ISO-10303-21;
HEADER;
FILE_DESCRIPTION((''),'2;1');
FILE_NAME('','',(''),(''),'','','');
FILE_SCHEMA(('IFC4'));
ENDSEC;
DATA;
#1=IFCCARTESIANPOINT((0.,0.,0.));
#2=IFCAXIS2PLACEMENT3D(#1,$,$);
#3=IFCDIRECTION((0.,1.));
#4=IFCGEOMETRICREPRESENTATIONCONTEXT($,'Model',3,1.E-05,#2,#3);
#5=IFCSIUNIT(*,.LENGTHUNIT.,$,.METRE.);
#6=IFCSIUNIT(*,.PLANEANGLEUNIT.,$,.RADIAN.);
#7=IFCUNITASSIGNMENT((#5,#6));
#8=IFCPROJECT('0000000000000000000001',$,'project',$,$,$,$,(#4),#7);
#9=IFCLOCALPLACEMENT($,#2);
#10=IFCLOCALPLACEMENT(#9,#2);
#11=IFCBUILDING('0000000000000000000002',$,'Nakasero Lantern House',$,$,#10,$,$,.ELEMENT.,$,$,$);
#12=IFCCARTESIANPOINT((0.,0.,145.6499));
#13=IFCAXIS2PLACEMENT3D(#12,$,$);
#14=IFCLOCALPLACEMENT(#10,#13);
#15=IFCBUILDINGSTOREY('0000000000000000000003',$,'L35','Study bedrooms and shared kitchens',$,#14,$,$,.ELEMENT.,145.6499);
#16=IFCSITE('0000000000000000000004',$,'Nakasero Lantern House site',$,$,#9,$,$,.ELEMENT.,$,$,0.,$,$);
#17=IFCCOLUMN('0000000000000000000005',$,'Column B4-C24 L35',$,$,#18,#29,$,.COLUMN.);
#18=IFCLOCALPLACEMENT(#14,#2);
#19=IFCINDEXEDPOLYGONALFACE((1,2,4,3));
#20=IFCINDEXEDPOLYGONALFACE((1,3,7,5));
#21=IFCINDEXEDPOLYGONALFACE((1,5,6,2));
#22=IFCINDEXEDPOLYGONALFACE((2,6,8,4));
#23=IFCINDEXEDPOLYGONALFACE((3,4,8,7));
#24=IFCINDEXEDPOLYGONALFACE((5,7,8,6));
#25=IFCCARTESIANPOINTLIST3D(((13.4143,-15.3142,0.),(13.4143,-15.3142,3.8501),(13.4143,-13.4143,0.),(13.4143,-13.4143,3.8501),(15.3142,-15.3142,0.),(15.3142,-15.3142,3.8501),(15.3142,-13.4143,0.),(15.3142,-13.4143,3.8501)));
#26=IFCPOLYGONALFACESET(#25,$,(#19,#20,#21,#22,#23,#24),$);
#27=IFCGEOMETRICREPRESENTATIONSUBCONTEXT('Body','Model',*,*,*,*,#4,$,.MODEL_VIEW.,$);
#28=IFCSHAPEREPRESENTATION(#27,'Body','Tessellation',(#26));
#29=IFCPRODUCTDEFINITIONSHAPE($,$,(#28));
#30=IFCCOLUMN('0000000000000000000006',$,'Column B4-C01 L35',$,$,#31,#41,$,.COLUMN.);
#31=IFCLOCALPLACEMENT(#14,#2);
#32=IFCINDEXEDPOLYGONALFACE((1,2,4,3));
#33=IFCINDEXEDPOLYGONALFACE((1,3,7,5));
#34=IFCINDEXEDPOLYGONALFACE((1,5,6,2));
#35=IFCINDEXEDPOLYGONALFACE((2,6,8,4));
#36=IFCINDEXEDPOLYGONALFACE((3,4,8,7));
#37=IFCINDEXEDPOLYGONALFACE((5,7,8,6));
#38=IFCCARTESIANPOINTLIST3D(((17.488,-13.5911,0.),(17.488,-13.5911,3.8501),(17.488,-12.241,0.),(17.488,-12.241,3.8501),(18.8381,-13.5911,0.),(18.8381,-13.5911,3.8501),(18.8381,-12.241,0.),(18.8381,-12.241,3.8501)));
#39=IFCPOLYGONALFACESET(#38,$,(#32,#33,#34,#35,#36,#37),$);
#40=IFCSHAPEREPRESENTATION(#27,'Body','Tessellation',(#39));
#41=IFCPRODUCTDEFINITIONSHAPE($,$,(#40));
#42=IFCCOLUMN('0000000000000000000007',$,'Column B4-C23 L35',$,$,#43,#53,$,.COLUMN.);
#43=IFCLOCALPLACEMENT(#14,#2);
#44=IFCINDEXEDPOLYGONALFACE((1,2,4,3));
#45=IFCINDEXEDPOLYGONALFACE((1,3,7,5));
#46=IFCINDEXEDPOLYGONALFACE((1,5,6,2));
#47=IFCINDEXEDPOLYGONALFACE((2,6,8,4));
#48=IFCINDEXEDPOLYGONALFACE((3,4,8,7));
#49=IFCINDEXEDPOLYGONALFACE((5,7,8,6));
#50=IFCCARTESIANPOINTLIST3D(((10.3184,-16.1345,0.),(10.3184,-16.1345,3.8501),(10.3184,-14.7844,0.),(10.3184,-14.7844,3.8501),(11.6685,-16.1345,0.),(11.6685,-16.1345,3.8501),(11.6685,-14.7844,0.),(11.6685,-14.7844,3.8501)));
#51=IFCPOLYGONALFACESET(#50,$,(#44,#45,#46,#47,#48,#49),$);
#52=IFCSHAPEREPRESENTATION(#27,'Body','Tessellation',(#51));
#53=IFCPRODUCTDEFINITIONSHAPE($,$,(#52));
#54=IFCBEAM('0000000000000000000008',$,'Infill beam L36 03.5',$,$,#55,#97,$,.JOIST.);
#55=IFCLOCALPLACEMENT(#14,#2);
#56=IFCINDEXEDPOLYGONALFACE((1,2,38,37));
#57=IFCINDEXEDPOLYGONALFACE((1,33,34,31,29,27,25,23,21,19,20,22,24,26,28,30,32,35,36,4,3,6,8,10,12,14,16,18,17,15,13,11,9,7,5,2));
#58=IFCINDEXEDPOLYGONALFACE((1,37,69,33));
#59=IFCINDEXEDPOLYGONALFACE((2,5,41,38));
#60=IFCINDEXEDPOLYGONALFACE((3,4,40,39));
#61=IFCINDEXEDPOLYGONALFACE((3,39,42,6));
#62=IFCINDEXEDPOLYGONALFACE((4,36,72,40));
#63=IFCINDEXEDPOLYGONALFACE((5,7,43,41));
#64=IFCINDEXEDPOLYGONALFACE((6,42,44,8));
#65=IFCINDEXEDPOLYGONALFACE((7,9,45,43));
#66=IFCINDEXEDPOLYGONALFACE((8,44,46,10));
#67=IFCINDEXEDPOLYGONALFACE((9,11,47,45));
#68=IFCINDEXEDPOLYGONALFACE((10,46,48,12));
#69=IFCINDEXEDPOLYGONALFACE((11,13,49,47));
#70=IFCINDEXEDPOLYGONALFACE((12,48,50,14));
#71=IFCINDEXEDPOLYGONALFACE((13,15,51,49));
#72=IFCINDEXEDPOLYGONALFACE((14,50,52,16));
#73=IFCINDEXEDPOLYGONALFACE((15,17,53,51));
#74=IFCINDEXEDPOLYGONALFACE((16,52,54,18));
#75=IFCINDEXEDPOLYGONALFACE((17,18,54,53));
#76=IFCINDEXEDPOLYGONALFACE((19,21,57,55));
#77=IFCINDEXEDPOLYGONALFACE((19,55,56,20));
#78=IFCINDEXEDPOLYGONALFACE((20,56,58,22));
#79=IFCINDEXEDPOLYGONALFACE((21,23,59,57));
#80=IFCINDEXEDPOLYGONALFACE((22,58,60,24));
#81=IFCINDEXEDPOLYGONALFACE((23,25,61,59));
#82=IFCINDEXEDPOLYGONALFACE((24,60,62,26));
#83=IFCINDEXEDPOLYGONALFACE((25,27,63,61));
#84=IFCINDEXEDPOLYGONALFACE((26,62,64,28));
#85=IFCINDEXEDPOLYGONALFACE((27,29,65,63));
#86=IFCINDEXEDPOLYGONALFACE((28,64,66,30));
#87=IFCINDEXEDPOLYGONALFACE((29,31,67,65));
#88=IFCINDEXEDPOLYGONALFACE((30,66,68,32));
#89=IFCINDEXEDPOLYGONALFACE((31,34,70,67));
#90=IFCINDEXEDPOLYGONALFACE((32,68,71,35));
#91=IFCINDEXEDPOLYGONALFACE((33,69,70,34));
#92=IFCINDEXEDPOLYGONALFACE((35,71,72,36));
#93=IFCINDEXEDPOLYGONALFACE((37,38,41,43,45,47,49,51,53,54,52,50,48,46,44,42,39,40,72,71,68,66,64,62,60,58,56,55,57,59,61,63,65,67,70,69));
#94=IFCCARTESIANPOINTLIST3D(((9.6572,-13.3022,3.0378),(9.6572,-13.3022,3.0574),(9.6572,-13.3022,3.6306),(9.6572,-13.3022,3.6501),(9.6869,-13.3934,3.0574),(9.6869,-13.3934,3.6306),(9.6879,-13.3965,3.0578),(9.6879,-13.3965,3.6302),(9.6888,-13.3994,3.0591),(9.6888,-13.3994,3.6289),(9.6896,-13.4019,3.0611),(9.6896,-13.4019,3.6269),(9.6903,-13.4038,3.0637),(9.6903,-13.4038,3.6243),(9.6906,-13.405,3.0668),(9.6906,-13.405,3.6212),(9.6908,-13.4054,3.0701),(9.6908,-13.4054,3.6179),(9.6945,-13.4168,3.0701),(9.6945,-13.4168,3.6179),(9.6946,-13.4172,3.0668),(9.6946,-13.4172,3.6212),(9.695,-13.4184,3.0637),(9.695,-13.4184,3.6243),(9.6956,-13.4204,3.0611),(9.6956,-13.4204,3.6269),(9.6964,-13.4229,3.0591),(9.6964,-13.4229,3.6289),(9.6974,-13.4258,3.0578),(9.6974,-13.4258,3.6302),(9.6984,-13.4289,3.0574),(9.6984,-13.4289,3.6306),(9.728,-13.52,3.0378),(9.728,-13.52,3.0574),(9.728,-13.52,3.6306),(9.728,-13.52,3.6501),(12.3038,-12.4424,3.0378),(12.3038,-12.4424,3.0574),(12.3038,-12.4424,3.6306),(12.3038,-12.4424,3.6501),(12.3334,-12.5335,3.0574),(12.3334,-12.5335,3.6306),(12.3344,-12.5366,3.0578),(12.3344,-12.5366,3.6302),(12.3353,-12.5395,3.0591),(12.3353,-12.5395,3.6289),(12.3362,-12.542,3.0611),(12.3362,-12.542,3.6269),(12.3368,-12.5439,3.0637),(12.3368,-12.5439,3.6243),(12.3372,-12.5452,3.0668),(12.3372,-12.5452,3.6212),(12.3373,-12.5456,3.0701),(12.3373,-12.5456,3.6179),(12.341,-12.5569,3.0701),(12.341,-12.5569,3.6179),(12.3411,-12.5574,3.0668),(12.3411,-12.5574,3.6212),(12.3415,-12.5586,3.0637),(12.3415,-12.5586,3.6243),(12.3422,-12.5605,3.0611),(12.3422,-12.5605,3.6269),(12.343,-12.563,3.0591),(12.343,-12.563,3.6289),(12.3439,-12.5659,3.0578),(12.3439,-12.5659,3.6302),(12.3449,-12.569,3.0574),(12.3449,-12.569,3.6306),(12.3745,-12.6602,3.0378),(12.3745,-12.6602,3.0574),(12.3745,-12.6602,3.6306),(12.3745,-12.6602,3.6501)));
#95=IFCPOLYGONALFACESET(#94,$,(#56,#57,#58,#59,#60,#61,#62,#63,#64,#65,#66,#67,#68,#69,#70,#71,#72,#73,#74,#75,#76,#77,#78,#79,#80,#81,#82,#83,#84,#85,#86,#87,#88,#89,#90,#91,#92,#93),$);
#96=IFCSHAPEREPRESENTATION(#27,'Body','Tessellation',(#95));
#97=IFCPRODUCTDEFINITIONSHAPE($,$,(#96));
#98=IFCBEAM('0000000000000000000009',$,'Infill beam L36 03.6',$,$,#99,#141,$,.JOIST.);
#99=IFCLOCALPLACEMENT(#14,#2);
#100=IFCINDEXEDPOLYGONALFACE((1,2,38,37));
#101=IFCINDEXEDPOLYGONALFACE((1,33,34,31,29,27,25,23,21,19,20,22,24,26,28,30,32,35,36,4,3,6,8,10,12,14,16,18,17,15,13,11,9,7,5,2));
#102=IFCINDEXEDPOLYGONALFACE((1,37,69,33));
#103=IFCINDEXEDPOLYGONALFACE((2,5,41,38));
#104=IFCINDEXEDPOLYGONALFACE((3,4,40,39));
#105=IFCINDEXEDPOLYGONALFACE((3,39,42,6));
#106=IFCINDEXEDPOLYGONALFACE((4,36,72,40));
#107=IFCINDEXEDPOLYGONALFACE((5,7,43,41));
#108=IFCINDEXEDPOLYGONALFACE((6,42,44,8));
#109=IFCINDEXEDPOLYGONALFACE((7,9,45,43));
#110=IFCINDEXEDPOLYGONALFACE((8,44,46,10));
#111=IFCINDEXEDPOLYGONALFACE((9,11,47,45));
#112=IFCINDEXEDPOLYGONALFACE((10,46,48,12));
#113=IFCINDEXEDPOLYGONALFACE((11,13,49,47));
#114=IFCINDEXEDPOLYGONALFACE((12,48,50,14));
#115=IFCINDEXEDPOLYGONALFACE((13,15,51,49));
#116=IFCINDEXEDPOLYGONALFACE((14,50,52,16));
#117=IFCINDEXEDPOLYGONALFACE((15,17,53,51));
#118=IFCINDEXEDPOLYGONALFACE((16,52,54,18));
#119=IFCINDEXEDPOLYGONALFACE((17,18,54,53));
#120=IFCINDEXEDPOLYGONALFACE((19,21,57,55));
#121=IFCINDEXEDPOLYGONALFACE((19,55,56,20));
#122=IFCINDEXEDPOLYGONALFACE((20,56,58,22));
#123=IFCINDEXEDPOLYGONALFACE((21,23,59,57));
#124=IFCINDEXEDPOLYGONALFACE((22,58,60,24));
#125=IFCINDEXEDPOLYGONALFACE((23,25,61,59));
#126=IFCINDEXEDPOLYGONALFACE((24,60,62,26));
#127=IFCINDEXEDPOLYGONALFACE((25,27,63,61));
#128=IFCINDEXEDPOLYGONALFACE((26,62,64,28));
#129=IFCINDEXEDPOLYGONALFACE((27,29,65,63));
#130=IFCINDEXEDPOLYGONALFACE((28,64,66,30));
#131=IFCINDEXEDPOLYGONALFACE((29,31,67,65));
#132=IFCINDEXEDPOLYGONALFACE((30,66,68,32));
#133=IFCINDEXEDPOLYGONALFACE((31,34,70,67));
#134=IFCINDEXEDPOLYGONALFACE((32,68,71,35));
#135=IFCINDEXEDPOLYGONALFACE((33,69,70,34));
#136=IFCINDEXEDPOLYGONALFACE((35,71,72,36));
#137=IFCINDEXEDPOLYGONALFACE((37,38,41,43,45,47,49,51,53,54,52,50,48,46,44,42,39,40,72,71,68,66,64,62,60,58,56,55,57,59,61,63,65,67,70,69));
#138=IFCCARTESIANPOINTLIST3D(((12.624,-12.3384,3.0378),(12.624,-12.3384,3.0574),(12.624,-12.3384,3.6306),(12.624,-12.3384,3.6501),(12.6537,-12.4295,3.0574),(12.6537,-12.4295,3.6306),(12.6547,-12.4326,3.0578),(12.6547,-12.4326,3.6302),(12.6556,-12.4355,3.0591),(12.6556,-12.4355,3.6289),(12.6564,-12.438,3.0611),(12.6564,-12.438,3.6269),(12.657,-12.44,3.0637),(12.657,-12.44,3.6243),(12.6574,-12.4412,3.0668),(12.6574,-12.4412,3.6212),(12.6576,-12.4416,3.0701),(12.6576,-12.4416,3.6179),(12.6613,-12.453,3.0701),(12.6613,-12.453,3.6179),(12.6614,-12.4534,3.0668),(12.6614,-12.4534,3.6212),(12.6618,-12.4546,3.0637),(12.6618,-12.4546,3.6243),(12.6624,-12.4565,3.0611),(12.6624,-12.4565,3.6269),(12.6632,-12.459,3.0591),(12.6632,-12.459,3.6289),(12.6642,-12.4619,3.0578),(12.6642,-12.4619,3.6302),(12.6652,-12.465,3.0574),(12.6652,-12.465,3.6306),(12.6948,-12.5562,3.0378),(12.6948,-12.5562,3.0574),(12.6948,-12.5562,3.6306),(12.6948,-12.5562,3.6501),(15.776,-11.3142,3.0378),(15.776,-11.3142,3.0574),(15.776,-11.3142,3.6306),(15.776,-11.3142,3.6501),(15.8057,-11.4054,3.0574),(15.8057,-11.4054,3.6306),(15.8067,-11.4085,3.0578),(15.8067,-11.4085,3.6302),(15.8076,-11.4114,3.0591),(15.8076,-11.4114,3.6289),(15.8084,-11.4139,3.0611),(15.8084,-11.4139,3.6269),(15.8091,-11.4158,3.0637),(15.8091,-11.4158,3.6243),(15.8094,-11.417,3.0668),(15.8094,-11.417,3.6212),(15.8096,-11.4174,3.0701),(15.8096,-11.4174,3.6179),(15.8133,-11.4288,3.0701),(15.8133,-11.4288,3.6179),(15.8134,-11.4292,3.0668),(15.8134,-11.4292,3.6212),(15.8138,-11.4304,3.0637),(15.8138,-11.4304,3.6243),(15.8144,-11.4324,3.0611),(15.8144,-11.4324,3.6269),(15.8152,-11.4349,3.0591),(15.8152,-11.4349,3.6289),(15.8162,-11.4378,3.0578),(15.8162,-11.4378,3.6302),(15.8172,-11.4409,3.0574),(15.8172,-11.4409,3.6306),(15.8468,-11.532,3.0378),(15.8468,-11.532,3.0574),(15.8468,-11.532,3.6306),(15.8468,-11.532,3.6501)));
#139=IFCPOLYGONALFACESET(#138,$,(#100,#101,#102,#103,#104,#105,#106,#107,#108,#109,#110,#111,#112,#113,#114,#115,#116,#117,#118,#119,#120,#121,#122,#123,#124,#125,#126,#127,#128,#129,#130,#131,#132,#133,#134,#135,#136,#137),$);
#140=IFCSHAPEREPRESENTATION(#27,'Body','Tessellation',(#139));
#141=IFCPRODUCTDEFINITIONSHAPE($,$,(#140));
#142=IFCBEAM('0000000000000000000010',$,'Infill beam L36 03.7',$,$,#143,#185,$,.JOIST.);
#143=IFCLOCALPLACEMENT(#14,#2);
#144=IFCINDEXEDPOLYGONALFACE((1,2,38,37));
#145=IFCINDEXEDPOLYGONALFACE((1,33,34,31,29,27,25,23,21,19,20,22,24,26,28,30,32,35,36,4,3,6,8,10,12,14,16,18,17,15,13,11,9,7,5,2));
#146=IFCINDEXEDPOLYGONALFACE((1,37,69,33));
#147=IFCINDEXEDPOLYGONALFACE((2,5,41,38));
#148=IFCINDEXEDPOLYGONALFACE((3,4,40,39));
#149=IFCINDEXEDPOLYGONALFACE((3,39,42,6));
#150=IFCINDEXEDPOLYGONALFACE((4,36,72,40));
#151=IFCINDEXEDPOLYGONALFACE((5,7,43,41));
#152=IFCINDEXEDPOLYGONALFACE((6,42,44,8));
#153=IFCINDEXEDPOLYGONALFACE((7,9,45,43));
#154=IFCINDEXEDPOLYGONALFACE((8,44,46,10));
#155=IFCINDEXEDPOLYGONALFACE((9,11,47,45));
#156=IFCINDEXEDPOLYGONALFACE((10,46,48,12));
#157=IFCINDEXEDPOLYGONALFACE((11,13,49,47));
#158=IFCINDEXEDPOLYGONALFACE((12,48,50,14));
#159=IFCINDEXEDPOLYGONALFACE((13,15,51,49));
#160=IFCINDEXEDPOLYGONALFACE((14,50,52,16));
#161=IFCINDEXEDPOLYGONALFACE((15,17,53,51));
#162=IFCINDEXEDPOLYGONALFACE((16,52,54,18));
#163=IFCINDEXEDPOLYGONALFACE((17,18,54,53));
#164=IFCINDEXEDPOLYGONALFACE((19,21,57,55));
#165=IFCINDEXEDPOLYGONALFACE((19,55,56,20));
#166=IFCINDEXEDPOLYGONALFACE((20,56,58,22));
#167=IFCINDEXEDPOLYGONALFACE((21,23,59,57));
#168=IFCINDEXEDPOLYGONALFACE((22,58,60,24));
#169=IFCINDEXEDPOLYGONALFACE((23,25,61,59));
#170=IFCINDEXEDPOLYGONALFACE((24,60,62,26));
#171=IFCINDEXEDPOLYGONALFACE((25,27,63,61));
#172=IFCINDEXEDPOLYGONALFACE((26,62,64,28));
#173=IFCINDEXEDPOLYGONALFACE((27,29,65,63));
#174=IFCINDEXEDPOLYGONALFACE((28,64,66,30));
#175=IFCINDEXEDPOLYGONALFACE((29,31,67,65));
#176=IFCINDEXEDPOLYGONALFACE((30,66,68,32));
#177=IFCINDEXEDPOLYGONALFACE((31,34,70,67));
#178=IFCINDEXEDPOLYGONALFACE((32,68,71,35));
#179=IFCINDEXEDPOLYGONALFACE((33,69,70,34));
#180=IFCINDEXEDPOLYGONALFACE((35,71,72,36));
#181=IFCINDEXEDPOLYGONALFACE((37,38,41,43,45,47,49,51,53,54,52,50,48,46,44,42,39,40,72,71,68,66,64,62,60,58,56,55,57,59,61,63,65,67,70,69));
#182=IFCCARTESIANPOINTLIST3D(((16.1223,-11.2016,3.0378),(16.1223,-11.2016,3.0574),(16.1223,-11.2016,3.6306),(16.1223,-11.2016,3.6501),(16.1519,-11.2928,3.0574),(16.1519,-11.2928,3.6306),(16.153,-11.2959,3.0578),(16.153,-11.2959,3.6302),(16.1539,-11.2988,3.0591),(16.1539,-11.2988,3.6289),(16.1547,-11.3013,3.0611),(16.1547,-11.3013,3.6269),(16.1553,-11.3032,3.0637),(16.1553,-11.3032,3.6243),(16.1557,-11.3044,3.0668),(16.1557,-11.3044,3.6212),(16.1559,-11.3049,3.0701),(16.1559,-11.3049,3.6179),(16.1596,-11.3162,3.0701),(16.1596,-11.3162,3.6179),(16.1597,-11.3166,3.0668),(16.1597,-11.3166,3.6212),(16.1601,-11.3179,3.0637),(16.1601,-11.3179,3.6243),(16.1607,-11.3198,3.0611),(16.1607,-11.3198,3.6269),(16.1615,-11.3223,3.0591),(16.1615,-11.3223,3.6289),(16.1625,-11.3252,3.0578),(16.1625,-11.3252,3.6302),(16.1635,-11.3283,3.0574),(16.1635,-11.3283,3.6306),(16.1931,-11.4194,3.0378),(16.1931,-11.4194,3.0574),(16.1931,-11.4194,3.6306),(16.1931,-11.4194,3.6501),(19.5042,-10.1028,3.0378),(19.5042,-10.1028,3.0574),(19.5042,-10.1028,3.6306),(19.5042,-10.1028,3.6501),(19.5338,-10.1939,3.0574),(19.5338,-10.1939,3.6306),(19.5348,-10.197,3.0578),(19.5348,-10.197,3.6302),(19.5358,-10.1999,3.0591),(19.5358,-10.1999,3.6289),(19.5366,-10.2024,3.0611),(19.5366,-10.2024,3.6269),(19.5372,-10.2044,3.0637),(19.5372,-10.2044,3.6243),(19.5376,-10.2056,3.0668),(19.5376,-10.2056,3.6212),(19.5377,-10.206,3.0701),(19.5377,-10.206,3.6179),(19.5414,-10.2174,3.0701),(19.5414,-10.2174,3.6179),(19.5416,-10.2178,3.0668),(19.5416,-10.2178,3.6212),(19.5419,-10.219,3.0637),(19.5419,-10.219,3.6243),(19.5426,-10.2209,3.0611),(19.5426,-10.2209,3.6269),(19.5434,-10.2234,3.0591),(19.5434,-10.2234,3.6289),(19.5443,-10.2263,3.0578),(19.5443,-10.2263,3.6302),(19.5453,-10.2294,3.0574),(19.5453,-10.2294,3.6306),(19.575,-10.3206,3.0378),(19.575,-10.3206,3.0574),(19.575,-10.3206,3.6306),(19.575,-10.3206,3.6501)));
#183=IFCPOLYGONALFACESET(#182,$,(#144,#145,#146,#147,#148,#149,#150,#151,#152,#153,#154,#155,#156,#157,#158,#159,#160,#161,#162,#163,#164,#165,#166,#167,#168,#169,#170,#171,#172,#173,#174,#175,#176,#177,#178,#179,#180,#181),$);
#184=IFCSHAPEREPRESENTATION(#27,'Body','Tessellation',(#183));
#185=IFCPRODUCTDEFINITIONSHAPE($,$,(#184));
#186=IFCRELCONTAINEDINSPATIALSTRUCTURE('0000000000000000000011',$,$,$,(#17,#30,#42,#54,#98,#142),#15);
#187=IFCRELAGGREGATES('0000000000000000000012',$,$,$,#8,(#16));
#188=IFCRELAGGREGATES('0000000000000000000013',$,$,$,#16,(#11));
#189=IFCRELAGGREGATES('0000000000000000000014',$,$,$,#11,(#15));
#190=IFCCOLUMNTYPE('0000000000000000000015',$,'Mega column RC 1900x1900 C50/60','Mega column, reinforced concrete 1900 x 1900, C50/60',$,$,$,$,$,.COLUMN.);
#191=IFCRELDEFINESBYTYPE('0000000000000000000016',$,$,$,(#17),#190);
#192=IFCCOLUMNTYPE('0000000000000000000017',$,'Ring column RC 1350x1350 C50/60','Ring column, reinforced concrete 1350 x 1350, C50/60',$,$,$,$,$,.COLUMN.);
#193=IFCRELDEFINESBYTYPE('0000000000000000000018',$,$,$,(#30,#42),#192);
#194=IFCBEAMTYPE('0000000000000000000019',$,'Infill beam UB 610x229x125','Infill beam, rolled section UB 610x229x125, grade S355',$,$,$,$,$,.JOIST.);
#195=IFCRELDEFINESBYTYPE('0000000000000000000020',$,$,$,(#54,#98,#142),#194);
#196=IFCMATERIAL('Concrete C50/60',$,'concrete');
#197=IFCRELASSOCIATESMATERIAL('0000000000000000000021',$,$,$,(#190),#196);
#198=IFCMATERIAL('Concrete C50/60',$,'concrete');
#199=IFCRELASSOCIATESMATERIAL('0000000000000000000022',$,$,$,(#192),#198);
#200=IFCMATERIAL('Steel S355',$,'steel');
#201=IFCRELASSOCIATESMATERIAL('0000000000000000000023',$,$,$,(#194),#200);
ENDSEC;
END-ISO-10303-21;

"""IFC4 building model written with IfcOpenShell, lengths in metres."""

from ifc_helpers import new_model, si_unit, direction, frame, origin, origin_2d, place, context, subcontext, project, spatial, rectangle, i_section, extrude, material, material_profile, profile_set, type_object, element, save


model = new_model("IFC4")

# Units and contexts
model_context = context("Model", 3, precision=1e-05, world=origin(), true_north=direction((0.0, 1.0)))
body_context = subcontext(model_context, "Body", "Model", "MODEL_VIEW")
ifc_project = project(units=[si_unit("LENGTHUNIT", "METRE"), si_unit("PLANEANGLEUNIT", "RADIAN")], contexts=[model_context])

# Site, building, storey
site_placement = place(None, origin())
site = spatial("IfcSite", under=ifc_project, at=site_placement, Name="Nakasero Lantern House site", CompositionType="ELEMENT", RefElevation=0.0)
building_placement = place(site_placement, origin())
building = spatial("IfcBuilding", under=site, at=building_placement, Name="Nakasero Lantern House", CompositionType="ELEMENT")
storey_placement = place(building_placement, frame((0.0, 0.0, 145.6499)))
storey = spatial("IfcBuildingStorey", under=building, at=storey_placement, Name="L35", Description="Study bedrooms and shared kitchens", CompositionType="ELEMENT", Elevation=145.6499)

# Columns
ifc_material_1 = material(Name="Concrete C50/60", Category="concrete")
ifc_material_profile_1 = material_profile(ifc_material_1, rectangle(XDim=1.8999, YDim=1.8999, at=origin_2d()), Name="RC 1900x1900")
ifc_profile_set_1 = profile_set([ifc_material_profile_1], Name="Concrete C50/60")
column_type_1 = type_object("IfcColumnType", Name="Mega column RC 1900x1900 C50/60", Description="Mega column, reinforced concrete 1900 x 1900, C50/60", PredefinedType="COLUMN", material=ifc_profile_set_1)
column_placement = place(storey_placement, frame((14.3643, -14.3643, 0.0), z_axis=(0.0, 0.0, 1.0), x_axis=(1.0, 0.0, 0.0)))
element("IfcColumn", 1, at=column_placement, inside=storey, type_object=column_type_1, Name="Column B4-C24 L35", PredefinedType="COLUMN", context=body_context, shape_type="SweptSolid", body=[
    extrude(rectangle(XDim=1.8999, YDim=1.8999, at=origin_2d()), origin(), (0.0, 0.0, 1.0), 3.8501),
])
ifc_material_2 = material(Name="Concrete C50/60", Category="concrete")
ifc_material_profile_2 = material_profile(ifc_material_2, rectangle(XDim=1.3501, YDim=1.3501, at=origin_2d()), Name="RC 1350x1350")
ifc_profile_set_2 = profile_set([ifc_material_profile_2], Name="Concrete C50/60")
column_type_2 = type_object("IfcColumnType", Name="Ring column RC 1350x1350 C50/60", Description="Ring column, reinforced concrete 1350 x 1350, C50/60", PredefinedType="COLUMN", material=ifc_profile_set_2)
for number, where, z_axis, x_axis, name in (
    (2, (18.1631, -12.916, 0.0), (0.0, 0.0, 1.0), (1.0, 0.0, 0.0), "Column B4-C01 L35"),
    (3, (10.9934, -15.4595, 0.0), (0.0, 0.0, 1.0), (1.0, 0.0, 0.0), "Column B4-C23 L35"),
):
    element("IfcColumn", number, at=place(storey_placement, frame(where, z_axis=z_axis, x_axis=x_axis)), inside=storey, type_object=column_type_2, Name=name, PredefinedType="COLUMN", context=body_context, shape_type="SweptSolid", body=[
        extrude(rectangle(XDim=1.3501, YDim=1.3501, at=origin_2d()), origin(), (0.0, 0.0, 1.0), 3.8501),
    ])

# Beams
ifc_material_3 = material(Name="Steel S355", Category="steel")
ifc_material_profile_3 = material_profile(ifc_material_3, i_section(OverallWidth=0.229, OverallDepth=0.6123, WebThickness=0.012, FlangeThickness=0.0195, FilletRadius=0.0127, at=origin_2d()), Name="UB 610x229x125")
ifc_profile_set_3 = profile_set([ifc_material_profile_3], Name="Steel S355")
beam_type_1 = type_object("IfcBeamType", Name="Infill beam UB 610x229x125", Description="Infill beam, rolled section UB 610x229x125, grade S355", PredefinedType="JOIST", material=ifc_profile_set_3)
beam_1_placement = place(storey_placement, frame((9.6926, -13.4111, 3.344), z_axis=(0.95106, 0.309007, 0.0), x_axis=(-0.309007, 0.95106, 0.0)))
element("IfcBeam", 4, at=beam_1_placement, inside=storey, type_object=beam_type_1, Name="Infill beam L36 03.5", PredefinedType="JOIST", context=body_context, shape_type="SweptSolid", body=[
    extrude(i_section(OverallWidth=0.229, OverallDepth=0.6123, WebThickness=0.012, FlangeThickness=0.0195, FilletRadius=0.0127, at=origin_2d()), origin(), (0.0, 0.0, 1.0), 2.7827),
])
beam_2_placement = place(storey_placement, frame((12.6594, -12.4473, 3.344), z_axis=(0.951057, 0.309014, 0.0), x_axis=(-0.309014, 0.951057, 0.0)))
element("IfcBeam", 5, at=beam_2_placement, inside=storey, type_object=beam_type_1, Name="Infill beam L36 03.6", PredefinedType="JOIST", context=body_context, shape_type="SweptSolid", body=[
    extrude(i_section(OverallWidth=0.229, OverallDepth=0.6123, WebThickness=0.012, FlangeThickness=0.0195, FilletRadius=0.0127, at=origin_2d()), origin(), (0.0, 0.0, 1.0), 3.3142),
])
beam_3_placement = place(storey_placement, frame((16.1577, -11.3105, 3.344), z_axis=(0.951052, 0.30903, 0.0), x_axis=(-0.30903, 0.951052, 0.0)))
element("IfcBeam", 6, at=beam_3_placement, inside=storey, type_object=beam_type_1, Name="Infill beam L36 03.7", PredefinedType="JOIST", context=body_context, shape_type="SweptSolid", body=[
    extrude(i_section(OverallWidth=0.229, OverallDepth=0.6123, WebThickness=0.012, FlangeThickness=0.0195, FilletRadius=0.0127, at=origin_2d()), origin(), (0.0, 0.0, 1.0), 3.5559),
])

save(model, "model.ifc")
